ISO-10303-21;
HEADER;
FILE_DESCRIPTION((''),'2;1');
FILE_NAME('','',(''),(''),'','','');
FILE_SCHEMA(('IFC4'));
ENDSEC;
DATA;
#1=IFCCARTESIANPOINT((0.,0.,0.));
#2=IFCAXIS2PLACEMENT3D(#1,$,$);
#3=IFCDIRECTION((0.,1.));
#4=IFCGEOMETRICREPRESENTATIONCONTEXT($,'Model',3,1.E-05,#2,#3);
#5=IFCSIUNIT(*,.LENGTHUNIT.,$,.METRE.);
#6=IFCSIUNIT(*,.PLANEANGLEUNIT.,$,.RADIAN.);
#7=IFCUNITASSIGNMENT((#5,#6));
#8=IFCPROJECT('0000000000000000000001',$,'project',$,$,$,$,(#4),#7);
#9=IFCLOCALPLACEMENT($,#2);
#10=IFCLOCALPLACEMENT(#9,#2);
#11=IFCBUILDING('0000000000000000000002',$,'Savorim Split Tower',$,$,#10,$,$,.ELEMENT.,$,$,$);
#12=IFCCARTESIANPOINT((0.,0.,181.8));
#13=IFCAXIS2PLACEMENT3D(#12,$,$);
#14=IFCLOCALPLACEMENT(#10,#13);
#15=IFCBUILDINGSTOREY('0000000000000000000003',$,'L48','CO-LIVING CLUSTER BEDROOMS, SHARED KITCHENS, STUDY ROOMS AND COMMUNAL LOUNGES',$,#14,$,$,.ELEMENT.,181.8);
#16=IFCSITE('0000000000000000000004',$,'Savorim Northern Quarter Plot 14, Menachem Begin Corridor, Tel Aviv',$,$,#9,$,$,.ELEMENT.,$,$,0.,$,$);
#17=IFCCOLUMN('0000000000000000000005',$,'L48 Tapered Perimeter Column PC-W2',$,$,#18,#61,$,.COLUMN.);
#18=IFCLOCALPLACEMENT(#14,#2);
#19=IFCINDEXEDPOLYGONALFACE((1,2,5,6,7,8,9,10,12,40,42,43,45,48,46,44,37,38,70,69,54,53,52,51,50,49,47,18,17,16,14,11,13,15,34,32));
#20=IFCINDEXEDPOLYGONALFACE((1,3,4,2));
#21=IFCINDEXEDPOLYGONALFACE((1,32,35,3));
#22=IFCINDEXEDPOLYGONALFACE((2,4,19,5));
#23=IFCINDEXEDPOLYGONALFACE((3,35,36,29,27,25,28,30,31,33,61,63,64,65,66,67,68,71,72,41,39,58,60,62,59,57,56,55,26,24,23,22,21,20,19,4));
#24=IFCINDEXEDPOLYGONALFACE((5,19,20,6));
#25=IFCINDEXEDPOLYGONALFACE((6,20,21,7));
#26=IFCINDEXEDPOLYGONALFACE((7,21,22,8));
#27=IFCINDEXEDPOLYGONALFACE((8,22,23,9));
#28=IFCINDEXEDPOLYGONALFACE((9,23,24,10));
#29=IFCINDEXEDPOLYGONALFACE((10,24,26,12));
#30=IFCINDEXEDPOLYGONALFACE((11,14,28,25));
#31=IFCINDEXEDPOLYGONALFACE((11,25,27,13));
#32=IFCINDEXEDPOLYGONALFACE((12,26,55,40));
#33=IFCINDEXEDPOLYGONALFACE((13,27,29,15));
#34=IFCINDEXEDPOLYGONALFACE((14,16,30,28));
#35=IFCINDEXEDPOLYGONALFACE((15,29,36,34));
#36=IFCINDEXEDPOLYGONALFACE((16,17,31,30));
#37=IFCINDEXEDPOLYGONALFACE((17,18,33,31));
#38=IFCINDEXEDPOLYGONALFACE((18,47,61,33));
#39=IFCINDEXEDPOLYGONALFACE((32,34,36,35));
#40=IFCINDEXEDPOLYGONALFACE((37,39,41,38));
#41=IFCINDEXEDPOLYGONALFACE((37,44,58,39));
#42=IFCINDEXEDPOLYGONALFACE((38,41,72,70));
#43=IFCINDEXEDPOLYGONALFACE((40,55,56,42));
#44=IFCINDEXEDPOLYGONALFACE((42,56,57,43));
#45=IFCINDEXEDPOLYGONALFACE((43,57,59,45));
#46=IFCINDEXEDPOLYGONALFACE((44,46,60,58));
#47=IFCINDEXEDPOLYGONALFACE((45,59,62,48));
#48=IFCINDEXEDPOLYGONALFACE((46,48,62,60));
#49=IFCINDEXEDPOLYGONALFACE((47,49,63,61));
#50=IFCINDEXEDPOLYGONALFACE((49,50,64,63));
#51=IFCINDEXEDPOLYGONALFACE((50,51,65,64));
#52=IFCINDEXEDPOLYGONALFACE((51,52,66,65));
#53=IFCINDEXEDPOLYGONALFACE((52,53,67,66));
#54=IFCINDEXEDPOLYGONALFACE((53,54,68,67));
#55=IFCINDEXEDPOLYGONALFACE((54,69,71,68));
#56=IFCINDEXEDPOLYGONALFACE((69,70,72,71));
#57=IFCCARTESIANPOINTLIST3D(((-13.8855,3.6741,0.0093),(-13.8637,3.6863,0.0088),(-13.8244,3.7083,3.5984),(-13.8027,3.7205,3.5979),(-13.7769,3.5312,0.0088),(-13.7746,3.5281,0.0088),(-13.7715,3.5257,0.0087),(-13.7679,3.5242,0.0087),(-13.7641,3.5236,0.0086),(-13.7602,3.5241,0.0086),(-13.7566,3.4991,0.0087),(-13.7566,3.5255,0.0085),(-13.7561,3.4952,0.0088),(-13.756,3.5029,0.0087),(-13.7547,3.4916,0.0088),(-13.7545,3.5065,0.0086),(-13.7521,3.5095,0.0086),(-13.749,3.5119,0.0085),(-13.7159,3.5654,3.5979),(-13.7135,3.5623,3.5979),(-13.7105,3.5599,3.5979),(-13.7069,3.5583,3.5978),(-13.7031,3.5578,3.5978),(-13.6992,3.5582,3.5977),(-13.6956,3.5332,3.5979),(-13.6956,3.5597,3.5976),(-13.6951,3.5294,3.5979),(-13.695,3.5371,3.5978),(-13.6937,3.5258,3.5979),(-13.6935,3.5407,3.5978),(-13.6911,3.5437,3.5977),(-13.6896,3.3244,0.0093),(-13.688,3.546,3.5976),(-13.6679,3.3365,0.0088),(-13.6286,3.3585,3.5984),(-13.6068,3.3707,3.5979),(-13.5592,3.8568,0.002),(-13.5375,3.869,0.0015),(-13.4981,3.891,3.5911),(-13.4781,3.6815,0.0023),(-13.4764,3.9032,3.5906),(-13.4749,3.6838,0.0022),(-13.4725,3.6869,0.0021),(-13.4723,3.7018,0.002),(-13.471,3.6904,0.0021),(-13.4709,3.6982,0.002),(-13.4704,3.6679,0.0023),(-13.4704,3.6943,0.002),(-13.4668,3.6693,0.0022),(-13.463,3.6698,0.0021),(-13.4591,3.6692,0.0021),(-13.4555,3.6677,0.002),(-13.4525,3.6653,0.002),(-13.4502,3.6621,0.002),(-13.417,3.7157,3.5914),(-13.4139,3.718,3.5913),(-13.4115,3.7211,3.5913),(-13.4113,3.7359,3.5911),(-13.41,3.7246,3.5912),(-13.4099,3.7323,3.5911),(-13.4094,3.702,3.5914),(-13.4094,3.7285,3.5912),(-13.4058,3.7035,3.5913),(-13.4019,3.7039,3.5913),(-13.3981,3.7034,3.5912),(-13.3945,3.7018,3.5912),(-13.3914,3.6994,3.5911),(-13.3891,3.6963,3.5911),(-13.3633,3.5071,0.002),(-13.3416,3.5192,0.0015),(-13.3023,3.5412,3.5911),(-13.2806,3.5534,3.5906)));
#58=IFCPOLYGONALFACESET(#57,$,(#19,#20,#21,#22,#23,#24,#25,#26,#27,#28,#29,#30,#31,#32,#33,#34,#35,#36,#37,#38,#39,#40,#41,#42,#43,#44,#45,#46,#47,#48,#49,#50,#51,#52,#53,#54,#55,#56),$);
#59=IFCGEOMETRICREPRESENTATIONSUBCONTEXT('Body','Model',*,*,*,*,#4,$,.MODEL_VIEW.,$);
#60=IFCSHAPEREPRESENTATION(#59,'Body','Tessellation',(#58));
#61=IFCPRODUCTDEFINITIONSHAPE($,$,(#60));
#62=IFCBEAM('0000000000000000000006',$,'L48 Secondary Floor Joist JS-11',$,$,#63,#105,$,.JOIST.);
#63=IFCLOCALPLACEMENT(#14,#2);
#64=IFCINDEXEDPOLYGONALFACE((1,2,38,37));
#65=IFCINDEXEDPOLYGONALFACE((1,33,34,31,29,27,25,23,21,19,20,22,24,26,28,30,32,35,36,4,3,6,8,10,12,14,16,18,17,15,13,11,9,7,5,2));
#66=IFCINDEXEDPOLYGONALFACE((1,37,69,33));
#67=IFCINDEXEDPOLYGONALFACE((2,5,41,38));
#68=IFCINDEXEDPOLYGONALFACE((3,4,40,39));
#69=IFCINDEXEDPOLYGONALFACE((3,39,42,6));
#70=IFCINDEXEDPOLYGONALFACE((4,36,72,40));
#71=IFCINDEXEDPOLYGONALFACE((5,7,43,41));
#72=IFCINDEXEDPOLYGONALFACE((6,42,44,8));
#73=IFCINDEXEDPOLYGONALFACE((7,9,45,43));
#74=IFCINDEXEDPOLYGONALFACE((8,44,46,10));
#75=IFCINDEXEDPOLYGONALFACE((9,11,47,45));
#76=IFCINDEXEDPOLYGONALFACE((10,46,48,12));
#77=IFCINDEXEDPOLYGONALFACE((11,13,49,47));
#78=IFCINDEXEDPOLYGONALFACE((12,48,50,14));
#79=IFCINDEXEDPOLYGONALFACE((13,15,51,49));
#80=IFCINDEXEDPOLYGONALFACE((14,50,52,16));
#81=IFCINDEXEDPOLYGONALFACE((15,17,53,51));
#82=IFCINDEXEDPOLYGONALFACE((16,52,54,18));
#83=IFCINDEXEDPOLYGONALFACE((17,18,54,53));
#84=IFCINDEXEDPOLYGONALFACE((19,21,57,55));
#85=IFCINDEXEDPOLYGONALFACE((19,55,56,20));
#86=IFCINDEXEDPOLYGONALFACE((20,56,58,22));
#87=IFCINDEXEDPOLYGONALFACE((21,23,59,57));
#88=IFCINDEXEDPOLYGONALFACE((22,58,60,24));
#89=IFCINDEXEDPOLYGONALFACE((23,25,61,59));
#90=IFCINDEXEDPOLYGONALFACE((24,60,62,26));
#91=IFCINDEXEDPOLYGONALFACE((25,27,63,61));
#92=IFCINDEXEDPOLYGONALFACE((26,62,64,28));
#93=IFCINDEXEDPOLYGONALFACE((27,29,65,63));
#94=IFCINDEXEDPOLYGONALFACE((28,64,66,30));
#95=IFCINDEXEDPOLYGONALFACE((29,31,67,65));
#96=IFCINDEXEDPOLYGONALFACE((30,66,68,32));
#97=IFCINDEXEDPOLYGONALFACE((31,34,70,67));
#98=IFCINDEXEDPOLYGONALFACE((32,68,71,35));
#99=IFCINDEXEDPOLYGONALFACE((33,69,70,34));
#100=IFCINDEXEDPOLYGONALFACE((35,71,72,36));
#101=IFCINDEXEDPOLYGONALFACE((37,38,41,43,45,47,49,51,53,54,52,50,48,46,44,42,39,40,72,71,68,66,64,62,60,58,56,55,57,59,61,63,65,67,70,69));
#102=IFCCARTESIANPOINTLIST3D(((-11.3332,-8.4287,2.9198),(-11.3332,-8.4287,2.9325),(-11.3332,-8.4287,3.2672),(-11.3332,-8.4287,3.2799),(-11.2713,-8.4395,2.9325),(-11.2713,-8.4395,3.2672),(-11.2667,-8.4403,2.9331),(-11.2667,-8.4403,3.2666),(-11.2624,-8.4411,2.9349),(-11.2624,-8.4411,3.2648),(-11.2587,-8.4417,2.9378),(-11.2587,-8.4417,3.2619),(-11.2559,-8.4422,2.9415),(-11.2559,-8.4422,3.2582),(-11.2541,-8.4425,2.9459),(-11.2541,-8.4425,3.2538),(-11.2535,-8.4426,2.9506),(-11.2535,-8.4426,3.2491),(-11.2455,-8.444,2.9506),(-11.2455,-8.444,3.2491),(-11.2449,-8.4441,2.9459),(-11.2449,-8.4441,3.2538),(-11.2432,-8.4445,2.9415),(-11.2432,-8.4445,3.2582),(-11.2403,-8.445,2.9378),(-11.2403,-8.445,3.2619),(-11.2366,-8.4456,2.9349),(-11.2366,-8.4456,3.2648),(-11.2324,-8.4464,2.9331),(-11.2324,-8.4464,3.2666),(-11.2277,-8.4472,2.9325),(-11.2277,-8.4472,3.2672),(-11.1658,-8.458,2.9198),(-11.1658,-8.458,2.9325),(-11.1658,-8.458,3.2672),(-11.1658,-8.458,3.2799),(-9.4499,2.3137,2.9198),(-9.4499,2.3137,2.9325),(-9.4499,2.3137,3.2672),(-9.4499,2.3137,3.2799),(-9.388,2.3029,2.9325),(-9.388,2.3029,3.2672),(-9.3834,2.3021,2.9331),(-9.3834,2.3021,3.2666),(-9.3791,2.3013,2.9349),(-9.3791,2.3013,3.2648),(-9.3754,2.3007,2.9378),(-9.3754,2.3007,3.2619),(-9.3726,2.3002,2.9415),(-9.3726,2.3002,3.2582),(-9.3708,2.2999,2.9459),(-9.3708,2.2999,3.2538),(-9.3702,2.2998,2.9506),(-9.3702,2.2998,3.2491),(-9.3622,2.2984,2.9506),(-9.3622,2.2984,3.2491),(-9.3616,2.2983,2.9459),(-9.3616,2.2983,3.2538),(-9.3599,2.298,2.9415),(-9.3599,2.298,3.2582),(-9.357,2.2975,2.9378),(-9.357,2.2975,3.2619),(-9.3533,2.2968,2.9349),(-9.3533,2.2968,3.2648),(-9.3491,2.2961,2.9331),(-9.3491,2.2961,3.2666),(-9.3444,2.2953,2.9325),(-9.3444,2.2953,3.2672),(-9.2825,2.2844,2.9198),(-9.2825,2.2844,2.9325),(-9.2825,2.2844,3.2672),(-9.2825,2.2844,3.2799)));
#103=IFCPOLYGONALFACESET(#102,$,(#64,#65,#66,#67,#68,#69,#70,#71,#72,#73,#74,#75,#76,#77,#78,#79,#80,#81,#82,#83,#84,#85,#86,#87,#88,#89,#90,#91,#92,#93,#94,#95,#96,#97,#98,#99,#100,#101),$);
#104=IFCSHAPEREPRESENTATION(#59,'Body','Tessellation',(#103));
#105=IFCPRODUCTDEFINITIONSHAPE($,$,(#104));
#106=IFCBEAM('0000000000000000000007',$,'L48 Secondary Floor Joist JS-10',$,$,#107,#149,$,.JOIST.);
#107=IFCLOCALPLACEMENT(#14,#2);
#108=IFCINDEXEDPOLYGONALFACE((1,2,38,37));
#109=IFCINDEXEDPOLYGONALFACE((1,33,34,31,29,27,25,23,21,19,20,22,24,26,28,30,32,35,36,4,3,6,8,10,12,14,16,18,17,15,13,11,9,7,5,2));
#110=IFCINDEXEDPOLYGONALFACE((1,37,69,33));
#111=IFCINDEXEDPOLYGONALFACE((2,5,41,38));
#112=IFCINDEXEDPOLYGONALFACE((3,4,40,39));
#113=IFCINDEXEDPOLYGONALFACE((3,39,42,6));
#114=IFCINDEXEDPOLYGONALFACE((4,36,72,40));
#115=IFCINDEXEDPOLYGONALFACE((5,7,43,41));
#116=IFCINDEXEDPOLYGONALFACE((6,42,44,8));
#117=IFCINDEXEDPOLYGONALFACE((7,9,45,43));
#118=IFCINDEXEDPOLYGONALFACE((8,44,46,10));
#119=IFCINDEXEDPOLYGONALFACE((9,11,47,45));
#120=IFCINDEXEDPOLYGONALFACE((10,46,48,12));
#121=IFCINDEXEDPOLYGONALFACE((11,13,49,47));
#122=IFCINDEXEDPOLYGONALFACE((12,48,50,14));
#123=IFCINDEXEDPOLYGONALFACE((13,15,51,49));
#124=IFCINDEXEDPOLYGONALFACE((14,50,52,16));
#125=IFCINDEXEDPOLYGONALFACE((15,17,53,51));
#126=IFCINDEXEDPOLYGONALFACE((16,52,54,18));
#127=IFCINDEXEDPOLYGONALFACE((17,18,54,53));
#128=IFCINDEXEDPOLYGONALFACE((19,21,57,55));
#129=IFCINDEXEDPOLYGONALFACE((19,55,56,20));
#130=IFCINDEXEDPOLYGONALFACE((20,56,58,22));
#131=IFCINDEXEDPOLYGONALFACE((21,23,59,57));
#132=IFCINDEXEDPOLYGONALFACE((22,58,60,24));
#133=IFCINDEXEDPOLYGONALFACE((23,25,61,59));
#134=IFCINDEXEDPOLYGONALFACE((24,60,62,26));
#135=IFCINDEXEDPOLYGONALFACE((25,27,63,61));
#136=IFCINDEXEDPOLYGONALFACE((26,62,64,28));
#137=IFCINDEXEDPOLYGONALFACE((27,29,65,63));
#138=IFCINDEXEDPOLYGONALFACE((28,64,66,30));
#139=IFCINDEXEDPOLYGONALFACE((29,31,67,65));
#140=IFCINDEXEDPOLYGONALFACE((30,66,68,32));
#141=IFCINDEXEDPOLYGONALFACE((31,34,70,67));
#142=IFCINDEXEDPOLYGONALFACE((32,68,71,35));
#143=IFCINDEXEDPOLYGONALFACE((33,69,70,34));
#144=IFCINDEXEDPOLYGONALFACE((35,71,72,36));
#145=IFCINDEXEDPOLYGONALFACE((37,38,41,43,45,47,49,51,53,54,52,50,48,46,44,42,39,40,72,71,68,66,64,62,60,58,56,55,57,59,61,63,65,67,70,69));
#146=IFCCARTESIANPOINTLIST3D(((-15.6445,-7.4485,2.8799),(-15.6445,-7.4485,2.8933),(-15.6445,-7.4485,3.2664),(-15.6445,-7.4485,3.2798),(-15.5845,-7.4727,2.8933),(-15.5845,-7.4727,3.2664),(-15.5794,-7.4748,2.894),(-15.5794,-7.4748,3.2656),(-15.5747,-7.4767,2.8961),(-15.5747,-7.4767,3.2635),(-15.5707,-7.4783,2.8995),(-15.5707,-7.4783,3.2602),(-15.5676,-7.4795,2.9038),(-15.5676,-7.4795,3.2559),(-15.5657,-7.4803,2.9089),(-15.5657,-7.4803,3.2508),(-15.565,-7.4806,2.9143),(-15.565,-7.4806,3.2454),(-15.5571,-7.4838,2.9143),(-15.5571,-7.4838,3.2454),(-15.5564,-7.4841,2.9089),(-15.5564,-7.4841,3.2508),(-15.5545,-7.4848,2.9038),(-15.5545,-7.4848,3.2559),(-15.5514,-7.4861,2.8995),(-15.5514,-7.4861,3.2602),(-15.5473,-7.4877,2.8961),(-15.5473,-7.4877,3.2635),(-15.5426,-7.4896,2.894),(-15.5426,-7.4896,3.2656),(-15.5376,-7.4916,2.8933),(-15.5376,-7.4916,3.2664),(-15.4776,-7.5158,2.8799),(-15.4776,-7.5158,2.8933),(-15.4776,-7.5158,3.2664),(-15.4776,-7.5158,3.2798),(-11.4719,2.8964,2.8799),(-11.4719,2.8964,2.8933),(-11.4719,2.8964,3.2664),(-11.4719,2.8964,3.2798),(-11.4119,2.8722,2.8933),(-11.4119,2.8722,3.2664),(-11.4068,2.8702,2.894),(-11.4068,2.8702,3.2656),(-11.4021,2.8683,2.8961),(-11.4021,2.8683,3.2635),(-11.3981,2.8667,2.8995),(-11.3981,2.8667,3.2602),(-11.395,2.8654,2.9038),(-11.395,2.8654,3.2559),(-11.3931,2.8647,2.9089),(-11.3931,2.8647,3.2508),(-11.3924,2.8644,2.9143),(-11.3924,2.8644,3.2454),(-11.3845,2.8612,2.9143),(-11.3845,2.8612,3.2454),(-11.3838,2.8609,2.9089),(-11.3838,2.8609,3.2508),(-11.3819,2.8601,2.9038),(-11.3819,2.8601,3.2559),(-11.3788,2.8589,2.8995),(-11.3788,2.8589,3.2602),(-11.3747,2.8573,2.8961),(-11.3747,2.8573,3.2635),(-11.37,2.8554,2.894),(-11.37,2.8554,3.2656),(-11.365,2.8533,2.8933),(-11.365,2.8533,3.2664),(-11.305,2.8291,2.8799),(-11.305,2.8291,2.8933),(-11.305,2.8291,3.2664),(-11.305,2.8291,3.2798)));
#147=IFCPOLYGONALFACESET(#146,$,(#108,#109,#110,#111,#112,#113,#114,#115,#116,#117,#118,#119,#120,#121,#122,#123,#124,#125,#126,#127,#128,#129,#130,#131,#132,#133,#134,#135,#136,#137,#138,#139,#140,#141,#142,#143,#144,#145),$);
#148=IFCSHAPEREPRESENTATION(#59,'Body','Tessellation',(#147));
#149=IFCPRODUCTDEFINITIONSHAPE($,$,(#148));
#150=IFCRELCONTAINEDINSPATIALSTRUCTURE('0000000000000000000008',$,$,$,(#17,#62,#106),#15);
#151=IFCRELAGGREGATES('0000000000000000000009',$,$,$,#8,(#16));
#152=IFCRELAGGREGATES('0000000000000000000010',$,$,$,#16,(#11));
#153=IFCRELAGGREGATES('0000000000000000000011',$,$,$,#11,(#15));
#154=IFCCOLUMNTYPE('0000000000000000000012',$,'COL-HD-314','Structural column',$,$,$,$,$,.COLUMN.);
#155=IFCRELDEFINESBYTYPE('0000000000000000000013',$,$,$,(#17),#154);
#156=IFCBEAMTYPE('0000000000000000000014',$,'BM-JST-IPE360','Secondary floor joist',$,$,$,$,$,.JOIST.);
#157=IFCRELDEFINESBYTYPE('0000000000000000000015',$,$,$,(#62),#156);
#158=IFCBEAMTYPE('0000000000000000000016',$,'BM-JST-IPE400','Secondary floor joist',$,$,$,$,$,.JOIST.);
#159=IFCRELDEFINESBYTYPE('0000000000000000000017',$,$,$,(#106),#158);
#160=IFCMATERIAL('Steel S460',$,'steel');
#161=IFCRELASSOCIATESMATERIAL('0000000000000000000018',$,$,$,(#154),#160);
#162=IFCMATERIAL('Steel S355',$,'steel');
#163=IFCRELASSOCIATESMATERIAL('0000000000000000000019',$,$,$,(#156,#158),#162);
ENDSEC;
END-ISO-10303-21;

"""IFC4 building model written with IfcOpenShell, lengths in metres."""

from ifc_helpers import new_model, si_unit, direction, frame, origin, origin_2d, place, context, subcontext, project, spatial, i_section, extrude, material, material_profile, profile_set, type_object, element, save


model = new_model("IFC4")

# Units and contexts
model_context = context("Model", 3, precision=1e-05, world=origin(), true_north=direction((0.0, 1.0)))
body_context = subcontext(model_context, "Body", "Model", "MODEL_VIEW")
ifc_project = project(units=[si_unit("LENGTHUNIT", "METRE"), si_unit("PLANEANGLEUNIT", "RADIAN")], contexts=[model_context])

# Site, building, storey
site_placement = place(None, origin())
site = spatial("IfcSite", under=ifc_project, at=site_placement, Name="Savorim Northern Quarter Plot 14, Menachem Begin Corridor, Tel Aviv", CompositionType="ELEMENT", RefElevation=0.0)
building_placement = place(site_placement, origin())
building = spatial("IfcBuilding", under=site, at=building_placement, Name="Savorim Split Tower", CompositionType="ELEMENT")
storey_placement = place(building_placement, frame((0.0, 0.0, 181.8)))
storey = spatial("IfcBuildingStorey", under=building, at=storey_placement, Name="L48", Description="CO-LIVING CLUSTER BEDROOMS, SHARED KITCHENS, STUDY ROOMS AND COMMUNAL LOUNGES", CompositionType="ELEMENT", Elevation=181.8)

# Column
ifc_material_1 = material(Name="Steel S460", Category="steel")
ifc_material_profile_1 = material_profile(ifc_material_1, i_section(OverallWidth=0.4009, OverallDepth=0.3989, WebThickness=0.0156, FlangeThickness=0.0249, FilletRadius=0.0149, at=origin_2d()), Name="HD 400x314")
ifc_profile_set_1 = profile_set([ifc_material_profile_1], Name="Steel S460")
column_type = type_object("IfcColumnType", Name="COL-HD-314", Description="Structural column", PredefinedType="COLUMN", material=ifc_profile_set_1)
column_placement = place(storey_placement, frame((-13.6135, 3.5967, 0.0054), z_axis=(0.017002, 0.009521, 0.99981), x_axis=(-0.488603, 0.872506, 0.0)))
element("IfcColumn", 1, at=column_placement, inside=storey, type_object=column_type, Name="L48 Tapered Perimeter Column PC-W2", PredefinedType="COLUMN", context=body_context, shape_type="SweptSolid", body=[
    extrude(i_section(OverallWidth=0.4009, OverallDepth=0.3989, WebThickness=0.0156, FlangeThickness=0.0249, FilletRadius=0.0149, at=origin_2d()), origin(), (0.0, 0.0, 1.0), 3.5898),
])

# Beams
ifc_material_2 = material(Name="Steel S355", Category="steel")
ifc_material_profile_2 = material_profile(ifc_material_2, i_section(OverallWidth=0.1699, OverallDepth=0.3601, WebThickness=0.0081, FlangeThickness=0.0127, FilletRadius=0.0181, at=origin_2d()), Name="IPE 360")
ifc_profile_set_2 = profile_set([ifc_material_profile_2], Name="Steel S355")
beam_type_1 = type_object("IfcBeamType", Name="BM-JST-IPE360", Description="Secondary floor joist", PredefinedType="JOIST", material=ifc_profile_set_2)
beam_1_placement = place(storey_placement, frame((-9.3662, 2.2991, 3.0999), z_axis=(-0.172681, -0.984978, 0.0), x_axis=(0.984978, -0.172681, 0.0)))
element("IfcBeam", 2, at=beam_1_placement, inside=storey, type_object=beam_type_1, Name="L48 Secondary Floor Joist JS-11", PredefinedType="JOIST", context=body_context, shape_type="SweptSolid", body=[
    extrude(i_section(OverallWidth=0.1699, OverallDepth=0.3601, WebThickness=0.0081, FlangeThickness=0.0127, FilletRadius=0.0181, at=origin_2d()), origin(), (0.0, 0.0, 1.0), 10.9062),
])
ifc_material_profile_3 = material_profile(ifc_material_2, i_section(OverallWidth=0.1799, OverallDepth=0.3999, WebThickness=0.0085, FlangeThickness=0.0134, FilletRadius=0.021, at=origin_2d()), Name="IPE 400")
ifc_profile_set_3 = profile_set([ifc_material_profile_3], Name="Steel S355")
beam_type_2 = type_object("IfcBeamType", Name="BM-JST-IPE400", Description="Secondary floor joist", PredefinedType="JOIST", material=ifc_profile_set_3)
beam_2_placement = place(storey_placement, frame((-11.3884, 2.8628, 3.0798), z_axis=(-0.374065, -0.927403, 0.0), x_axis=(0.927403, -0.374065, 0.0)))
element("IfcBeam", 3, at=beam_2_placement, inside=storey, type_object=beam_type_2, Name="L48 Secondary Floor Joist JS-10", PredefinedType="JOIST", context=body_context, shape_type="SweptSolid", body=[
    extrude(i_section(OverallWidth=0.1799, OverallDepth=0.3999, WebThickness=0.0085, FlangeThickness=0.0134, FilletRadius=0.021, at=origin_2d()), origin(), (0.0, 0.0, 1.0), 11.1548),
])

save(model, "model.ifc")
